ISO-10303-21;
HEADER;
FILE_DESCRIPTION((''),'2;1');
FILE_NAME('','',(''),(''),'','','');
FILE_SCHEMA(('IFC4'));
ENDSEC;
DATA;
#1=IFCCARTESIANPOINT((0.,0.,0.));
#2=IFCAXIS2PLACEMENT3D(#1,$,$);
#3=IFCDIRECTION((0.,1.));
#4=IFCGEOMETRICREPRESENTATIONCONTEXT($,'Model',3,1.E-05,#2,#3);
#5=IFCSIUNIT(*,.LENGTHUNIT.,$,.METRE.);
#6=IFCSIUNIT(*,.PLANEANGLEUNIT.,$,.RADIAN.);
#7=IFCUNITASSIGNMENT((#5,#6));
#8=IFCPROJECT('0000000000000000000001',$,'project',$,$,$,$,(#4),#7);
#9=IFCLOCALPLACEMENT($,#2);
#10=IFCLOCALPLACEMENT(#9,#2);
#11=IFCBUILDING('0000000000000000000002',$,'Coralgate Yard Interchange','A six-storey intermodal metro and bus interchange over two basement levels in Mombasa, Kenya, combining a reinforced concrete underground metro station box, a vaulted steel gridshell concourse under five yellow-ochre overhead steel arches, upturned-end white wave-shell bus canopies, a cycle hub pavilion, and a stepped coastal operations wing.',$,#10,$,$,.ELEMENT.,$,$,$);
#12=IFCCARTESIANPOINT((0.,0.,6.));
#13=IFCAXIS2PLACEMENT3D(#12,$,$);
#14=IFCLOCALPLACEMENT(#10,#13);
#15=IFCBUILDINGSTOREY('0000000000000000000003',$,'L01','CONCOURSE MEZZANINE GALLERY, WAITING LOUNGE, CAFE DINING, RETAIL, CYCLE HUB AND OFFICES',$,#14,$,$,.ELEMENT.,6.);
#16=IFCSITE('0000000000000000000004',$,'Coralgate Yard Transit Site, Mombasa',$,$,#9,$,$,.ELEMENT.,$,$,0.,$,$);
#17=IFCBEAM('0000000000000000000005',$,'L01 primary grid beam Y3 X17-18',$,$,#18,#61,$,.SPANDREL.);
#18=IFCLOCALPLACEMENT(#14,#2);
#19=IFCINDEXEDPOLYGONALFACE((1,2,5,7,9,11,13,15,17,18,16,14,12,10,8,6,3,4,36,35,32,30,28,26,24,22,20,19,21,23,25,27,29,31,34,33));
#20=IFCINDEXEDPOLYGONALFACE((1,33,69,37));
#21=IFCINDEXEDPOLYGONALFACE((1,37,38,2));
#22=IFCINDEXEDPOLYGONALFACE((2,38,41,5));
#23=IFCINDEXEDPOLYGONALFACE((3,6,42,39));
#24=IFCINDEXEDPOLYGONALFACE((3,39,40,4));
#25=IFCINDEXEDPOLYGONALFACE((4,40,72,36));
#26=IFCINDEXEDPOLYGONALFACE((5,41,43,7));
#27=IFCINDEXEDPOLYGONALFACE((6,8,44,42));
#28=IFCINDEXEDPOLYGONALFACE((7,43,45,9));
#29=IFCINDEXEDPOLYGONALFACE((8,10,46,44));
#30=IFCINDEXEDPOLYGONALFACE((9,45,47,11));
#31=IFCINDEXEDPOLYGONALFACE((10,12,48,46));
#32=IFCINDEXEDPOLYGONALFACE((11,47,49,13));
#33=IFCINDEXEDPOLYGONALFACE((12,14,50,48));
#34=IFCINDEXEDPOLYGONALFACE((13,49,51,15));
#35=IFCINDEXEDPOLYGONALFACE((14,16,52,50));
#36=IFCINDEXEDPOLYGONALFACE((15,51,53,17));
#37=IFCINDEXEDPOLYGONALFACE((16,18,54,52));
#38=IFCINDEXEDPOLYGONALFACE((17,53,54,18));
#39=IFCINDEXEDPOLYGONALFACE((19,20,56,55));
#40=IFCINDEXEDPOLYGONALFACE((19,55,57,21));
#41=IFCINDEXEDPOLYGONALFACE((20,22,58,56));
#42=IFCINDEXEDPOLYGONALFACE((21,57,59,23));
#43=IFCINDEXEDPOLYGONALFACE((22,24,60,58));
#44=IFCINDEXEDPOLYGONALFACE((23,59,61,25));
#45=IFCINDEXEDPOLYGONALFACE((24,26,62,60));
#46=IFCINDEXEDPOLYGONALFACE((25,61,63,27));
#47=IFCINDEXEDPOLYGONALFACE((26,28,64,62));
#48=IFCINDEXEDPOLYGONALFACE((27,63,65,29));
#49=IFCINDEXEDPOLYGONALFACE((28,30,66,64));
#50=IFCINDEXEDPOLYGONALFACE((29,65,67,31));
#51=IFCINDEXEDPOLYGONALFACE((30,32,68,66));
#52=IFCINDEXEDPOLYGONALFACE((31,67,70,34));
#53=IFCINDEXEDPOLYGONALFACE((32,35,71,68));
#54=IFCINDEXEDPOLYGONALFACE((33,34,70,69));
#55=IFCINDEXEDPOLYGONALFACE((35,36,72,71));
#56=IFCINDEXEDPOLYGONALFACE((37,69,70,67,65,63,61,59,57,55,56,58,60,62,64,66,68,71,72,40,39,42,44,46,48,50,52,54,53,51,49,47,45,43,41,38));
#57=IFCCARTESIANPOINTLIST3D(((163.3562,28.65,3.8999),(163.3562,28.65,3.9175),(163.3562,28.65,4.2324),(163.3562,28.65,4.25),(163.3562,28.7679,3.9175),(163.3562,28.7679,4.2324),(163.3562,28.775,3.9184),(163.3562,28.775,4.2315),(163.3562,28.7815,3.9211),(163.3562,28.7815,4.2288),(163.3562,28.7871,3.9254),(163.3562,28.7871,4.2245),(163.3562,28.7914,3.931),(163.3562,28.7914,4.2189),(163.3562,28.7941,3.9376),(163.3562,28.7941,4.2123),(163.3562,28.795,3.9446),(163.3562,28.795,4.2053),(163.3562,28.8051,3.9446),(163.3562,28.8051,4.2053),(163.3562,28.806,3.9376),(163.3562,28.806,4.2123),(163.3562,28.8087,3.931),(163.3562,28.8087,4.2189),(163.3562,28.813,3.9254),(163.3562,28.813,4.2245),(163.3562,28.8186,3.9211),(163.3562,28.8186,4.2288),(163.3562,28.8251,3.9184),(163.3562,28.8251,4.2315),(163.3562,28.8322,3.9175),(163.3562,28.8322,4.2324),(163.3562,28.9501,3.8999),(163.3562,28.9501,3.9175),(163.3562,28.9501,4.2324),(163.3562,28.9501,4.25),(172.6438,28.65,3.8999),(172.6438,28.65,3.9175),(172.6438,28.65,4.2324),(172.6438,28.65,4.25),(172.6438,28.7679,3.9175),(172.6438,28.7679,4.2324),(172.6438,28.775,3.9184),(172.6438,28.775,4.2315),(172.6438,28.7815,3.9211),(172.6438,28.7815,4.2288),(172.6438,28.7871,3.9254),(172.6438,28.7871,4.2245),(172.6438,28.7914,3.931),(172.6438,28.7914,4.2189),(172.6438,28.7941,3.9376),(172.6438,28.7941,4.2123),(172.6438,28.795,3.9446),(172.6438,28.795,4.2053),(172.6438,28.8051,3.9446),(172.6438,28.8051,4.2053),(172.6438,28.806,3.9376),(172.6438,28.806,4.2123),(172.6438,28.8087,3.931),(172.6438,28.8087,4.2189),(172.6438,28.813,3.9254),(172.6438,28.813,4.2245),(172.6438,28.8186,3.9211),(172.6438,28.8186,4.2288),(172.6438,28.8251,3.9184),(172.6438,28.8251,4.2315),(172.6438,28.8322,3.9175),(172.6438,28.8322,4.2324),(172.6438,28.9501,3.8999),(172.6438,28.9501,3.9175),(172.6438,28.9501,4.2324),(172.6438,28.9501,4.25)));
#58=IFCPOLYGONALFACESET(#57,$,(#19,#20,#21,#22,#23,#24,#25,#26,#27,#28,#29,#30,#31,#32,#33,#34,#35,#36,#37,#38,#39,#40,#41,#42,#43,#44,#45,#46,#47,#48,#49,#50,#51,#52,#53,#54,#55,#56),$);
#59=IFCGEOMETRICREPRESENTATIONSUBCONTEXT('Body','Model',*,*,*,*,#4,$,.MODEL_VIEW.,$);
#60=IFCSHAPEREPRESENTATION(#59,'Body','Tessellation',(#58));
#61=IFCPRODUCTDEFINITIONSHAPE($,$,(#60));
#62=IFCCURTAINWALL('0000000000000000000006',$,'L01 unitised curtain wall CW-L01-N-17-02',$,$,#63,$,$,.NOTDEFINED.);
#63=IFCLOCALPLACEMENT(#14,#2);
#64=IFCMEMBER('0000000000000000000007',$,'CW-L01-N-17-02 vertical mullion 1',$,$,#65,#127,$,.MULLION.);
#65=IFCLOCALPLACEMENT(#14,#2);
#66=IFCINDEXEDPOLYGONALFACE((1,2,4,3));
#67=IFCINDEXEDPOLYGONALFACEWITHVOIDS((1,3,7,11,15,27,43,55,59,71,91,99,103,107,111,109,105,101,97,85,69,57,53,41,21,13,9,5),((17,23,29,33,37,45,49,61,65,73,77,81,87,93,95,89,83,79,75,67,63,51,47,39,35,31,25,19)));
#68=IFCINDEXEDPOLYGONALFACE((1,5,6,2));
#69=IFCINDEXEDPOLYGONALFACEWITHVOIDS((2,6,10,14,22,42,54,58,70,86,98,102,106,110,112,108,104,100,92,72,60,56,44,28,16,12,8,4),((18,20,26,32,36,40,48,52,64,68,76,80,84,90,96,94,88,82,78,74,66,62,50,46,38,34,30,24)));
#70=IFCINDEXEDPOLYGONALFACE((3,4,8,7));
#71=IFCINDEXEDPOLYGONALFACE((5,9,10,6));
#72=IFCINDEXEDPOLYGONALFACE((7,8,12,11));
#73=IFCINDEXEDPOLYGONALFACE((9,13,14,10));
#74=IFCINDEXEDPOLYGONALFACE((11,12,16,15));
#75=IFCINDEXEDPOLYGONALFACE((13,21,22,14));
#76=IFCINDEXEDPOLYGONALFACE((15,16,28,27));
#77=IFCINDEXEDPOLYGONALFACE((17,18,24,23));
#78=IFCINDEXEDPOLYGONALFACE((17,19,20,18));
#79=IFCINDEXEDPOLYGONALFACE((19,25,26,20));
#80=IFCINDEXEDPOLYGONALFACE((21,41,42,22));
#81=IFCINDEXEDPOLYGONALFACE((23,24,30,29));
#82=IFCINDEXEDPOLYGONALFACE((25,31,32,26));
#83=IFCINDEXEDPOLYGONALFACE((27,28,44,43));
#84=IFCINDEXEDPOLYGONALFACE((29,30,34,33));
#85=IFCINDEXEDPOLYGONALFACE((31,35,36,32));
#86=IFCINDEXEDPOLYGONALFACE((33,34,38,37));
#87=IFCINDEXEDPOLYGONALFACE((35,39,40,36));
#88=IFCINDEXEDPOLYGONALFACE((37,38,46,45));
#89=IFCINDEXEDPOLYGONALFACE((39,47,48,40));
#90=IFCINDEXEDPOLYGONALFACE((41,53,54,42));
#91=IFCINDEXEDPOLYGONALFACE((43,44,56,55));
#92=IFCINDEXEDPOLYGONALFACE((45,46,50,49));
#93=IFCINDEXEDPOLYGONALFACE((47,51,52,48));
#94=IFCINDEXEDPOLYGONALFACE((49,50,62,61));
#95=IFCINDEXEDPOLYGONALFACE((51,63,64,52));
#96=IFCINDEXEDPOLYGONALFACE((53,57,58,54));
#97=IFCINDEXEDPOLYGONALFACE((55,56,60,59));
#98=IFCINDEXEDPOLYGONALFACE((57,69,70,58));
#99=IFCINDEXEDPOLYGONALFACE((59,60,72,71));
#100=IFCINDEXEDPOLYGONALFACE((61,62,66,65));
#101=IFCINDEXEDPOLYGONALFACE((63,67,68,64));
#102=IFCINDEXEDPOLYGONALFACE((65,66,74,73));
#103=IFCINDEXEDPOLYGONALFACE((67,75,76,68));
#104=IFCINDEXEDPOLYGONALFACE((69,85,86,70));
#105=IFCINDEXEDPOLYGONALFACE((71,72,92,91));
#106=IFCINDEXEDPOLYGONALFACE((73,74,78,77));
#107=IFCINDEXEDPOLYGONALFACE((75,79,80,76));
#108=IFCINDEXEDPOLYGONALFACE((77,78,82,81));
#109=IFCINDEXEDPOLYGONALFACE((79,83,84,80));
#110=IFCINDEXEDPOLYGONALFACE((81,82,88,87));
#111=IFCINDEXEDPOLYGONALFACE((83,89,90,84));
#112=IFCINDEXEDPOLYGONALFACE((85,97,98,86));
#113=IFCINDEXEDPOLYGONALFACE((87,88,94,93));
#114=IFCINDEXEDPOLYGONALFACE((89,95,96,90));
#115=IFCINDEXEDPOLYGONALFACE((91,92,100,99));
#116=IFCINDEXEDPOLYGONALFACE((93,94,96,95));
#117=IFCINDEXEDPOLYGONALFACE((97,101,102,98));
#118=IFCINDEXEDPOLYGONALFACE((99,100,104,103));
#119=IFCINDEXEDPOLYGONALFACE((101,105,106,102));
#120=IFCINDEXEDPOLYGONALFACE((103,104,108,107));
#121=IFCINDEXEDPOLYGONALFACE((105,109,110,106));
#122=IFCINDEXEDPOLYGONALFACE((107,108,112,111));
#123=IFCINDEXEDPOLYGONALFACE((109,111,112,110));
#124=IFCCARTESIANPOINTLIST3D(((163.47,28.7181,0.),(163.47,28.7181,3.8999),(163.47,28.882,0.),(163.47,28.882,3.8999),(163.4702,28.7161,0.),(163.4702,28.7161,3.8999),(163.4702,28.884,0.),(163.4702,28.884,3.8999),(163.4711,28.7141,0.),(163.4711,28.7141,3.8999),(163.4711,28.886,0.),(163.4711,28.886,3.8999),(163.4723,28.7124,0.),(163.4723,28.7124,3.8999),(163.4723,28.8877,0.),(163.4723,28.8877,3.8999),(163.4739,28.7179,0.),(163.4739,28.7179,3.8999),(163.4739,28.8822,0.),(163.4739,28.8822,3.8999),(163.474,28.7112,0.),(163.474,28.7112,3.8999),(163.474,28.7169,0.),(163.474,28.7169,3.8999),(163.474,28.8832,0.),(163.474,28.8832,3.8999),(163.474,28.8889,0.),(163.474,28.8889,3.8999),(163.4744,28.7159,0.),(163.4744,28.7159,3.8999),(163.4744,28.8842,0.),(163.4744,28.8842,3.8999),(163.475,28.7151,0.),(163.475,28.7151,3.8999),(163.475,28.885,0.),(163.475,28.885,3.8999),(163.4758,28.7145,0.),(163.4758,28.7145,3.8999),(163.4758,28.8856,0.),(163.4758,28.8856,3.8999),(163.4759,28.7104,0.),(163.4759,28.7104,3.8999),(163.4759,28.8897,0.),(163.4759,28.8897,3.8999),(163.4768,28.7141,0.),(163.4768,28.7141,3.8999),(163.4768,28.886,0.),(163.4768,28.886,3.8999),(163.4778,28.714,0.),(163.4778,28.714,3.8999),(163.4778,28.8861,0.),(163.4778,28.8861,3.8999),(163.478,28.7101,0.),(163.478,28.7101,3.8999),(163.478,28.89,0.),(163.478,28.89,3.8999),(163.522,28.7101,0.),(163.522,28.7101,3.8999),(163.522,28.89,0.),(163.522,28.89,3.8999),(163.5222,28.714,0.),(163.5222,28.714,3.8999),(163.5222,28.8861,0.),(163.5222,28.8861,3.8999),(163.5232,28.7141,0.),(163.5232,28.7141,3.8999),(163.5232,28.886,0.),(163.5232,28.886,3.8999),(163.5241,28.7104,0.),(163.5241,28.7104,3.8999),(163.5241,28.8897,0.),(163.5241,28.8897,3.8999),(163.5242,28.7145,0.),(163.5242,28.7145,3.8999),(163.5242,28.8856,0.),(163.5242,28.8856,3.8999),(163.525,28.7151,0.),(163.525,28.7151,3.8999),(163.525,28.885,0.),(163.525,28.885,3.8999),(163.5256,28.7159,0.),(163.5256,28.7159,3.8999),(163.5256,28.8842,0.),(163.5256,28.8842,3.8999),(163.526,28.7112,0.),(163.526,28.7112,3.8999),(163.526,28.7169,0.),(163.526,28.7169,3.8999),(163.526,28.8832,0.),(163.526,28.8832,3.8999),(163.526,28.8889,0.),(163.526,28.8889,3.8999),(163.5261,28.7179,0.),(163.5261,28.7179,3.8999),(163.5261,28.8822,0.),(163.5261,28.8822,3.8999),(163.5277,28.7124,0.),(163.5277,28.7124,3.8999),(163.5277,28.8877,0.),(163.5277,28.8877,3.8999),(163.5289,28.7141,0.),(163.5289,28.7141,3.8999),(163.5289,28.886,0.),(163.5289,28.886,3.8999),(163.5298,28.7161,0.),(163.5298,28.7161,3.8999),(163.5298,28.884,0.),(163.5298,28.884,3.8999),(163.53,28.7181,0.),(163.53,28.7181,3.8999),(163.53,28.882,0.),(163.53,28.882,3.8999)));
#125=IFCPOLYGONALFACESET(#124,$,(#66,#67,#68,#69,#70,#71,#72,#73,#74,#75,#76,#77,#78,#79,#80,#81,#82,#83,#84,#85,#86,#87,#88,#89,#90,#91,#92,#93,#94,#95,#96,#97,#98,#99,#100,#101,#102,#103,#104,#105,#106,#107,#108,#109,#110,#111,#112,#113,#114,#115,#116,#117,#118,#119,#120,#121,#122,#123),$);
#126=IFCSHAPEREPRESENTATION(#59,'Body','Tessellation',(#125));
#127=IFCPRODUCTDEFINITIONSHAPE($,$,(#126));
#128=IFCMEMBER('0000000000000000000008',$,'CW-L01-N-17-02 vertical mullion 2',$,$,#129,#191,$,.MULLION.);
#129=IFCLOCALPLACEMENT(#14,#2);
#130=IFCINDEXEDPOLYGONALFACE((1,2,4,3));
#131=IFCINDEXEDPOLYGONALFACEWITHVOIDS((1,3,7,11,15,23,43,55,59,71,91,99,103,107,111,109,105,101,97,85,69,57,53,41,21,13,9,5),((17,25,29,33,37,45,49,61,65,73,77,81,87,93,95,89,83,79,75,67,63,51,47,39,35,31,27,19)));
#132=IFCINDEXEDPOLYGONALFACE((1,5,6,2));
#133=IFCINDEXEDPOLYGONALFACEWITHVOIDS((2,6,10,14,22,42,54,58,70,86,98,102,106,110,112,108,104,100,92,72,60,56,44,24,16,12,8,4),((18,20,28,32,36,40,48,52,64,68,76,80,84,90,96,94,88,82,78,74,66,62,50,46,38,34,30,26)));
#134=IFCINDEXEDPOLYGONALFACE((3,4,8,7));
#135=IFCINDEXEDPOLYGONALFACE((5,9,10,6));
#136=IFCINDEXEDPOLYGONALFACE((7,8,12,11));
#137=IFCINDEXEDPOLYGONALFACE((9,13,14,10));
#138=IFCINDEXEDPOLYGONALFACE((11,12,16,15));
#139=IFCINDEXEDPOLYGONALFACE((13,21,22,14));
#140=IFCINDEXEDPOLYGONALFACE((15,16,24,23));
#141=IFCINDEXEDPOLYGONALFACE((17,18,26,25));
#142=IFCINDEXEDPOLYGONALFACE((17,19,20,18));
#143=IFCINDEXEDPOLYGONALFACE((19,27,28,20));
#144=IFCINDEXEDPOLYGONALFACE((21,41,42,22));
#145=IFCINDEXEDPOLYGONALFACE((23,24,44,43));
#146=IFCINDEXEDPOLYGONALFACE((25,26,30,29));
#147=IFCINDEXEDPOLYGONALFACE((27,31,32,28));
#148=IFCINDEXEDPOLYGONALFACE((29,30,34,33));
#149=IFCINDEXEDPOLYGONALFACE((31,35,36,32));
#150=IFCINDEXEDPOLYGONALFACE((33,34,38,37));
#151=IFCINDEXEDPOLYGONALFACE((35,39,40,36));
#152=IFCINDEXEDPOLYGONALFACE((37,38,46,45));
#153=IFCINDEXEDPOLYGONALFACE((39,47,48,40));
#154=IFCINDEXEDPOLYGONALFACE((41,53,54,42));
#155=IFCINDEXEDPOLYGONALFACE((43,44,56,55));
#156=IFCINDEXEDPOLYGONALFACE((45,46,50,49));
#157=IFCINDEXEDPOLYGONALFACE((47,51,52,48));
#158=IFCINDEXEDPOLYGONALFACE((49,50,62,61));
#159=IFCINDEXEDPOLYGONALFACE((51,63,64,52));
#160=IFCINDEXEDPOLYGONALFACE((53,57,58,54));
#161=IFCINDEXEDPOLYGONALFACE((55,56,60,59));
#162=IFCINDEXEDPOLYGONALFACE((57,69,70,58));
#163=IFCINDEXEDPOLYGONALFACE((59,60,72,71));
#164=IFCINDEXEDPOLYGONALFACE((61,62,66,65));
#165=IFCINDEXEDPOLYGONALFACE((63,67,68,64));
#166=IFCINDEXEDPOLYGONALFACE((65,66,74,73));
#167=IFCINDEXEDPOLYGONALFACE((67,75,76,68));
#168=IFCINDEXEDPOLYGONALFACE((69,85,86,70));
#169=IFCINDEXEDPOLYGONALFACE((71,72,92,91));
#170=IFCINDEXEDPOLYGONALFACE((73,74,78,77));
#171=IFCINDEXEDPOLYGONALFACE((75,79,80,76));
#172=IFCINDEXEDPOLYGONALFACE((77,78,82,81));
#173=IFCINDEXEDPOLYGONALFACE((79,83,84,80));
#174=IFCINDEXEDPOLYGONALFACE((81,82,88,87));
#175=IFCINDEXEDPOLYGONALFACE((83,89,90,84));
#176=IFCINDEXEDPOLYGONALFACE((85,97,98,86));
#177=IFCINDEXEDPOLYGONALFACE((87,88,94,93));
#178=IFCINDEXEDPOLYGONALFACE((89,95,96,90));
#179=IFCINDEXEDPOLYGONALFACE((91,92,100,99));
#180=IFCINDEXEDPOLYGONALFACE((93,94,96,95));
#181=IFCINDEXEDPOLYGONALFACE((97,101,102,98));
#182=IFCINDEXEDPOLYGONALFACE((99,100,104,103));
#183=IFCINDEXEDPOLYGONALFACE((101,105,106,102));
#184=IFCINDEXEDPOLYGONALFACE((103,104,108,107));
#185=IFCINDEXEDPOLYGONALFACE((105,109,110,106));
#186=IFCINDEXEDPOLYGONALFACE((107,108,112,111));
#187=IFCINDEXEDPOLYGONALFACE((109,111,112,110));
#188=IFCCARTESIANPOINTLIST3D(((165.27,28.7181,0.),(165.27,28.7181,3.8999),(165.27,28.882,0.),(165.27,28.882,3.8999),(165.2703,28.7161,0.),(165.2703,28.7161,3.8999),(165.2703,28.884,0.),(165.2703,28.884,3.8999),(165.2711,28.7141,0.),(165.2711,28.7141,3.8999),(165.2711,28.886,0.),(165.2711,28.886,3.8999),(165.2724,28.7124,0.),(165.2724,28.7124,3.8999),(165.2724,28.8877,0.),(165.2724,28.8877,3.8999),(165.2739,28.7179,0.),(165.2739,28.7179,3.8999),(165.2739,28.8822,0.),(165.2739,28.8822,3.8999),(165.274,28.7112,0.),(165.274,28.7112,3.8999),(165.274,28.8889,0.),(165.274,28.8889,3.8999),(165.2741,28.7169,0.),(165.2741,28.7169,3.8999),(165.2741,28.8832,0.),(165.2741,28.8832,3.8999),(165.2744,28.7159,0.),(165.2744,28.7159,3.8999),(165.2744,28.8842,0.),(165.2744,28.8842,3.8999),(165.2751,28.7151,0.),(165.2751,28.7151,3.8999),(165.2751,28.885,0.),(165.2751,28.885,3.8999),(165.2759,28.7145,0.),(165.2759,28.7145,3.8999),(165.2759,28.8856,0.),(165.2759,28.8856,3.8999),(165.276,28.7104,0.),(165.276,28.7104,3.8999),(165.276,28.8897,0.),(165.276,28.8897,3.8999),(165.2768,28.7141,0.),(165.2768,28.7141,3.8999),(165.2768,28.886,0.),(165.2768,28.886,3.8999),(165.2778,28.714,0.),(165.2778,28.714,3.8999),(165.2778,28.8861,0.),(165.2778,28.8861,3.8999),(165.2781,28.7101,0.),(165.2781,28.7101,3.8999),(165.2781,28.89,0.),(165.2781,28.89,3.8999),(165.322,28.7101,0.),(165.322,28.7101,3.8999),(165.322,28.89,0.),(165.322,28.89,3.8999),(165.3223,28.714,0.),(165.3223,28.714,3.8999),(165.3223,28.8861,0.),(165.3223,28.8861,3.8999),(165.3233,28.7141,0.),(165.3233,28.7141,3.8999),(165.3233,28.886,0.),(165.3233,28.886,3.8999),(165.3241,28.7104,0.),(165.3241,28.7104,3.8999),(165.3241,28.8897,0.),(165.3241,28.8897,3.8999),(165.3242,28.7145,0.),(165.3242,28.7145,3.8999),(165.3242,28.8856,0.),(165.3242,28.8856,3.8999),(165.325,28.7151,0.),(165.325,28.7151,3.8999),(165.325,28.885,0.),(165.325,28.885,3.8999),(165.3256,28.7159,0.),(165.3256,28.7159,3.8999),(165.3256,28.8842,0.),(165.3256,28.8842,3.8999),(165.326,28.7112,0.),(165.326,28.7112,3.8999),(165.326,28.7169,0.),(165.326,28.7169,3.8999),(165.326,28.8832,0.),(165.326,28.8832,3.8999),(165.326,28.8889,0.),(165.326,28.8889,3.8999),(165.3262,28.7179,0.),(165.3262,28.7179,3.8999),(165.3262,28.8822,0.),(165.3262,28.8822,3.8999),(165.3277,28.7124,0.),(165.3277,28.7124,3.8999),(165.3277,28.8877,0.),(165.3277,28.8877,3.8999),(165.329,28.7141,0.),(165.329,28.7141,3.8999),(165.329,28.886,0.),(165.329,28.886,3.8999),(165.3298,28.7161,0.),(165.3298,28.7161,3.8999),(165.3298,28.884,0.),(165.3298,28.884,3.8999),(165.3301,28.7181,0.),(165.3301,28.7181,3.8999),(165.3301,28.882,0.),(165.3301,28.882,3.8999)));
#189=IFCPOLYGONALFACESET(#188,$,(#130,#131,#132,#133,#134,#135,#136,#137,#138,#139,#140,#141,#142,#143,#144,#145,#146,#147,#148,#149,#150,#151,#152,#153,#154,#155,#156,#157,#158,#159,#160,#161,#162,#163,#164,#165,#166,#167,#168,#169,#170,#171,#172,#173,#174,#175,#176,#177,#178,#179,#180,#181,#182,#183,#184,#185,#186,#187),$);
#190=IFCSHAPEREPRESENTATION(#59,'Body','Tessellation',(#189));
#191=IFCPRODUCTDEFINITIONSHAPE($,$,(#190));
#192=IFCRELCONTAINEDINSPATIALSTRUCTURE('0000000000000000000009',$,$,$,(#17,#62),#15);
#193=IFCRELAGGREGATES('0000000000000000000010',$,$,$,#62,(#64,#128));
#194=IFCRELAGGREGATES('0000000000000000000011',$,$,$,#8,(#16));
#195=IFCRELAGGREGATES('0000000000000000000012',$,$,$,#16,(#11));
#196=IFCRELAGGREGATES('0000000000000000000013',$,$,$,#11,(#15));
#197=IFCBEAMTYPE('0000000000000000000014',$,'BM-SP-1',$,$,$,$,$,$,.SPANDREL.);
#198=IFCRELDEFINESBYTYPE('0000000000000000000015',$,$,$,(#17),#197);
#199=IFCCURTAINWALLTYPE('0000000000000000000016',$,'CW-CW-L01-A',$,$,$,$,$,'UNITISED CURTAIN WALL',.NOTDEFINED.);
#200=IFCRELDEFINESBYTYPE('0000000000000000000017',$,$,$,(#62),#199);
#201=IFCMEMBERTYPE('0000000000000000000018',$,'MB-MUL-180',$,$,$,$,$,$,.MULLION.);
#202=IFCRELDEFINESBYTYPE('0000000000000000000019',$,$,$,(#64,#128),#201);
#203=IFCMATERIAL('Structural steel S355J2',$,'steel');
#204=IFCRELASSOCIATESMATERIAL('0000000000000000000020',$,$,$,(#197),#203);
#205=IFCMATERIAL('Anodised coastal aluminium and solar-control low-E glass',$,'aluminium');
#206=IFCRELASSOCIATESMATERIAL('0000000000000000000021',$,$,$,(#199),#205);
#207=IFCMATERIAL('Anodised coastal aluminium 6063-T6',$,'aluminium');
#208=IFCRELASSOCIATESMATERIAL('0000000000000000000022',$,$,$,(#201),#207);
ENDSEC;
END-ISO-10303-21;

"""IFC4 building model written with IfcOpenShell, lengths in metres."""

from ifc_helpers import new_model, si_unit, direction, frame, origin, origin_2d, place, context, subcontext, project, spatial, hollow_rectangle, i_section, extrude, material, material_profile, profile_set, type_object, element, aggregate, save


model = new_model("IFC4")

# Units and contexts
model_context = context("Model", 3, precision=1e-05, world=origin(), true_north=direction((0.0, 1.0)))
body_context = subcontext(model_context, "Body", "Model", "MODEL_VIEW")
ifc_project = project(units=[si_unit("LENGTHUNIT", "METRE"), si_unit("PLANEANGLEUNIT", "RADIAN")], contexts=[model_context])

# Site, building, storey
site_placement = place(None, origin())
site = spatial("IfcSite", under=ifc_project, at=site_placement, Name="Coralgate Yard Transit Site, Mombasa", CompositionType="ELEMENT", RefElevation=0.0)
building_placement = place(site_placement, origin())
building = spatial("IfcBuilding", under=site, at=building_placement, Name="Coralgate Yard Interchange", Description="A six-storey intermodal metro and bus interchange over two basement levels in Mombasa, Kenya, combining a reinforced concrete underground metro station box, a vaulted steel gridshell concourse under five yellow-ochre overhead steel arches, upturned-end white wave-shell bus canopies, a cycle hub pavilion, and a stepped coastal operations wing.", CompositionType="ELEMENT")
storey_placement = place(building_placement, frame((0.0, 0.0, 6.0)))
storey = spatial("IfcBuildingStorey", under=building, at=storey_placement, Name="L01", Description="CONCOURSE MEZZANINE GALLERY, WAITING LOUNGE, CAFE DINING, RETAIL, CYCLE HUB AND OFFICES", CompositionType="ELEMENT", Elevation=6.0)

# Shared definitions
ifc_material_1 = material(Name="Structural steel S355J2", Category="steel")

# Beam
ifc_material_profile_1 = material_profile(ifc_material_1, i_section(OverallWidth=0.3, OverallDepth=0.3501, WebThickness=0.01, FlangeThickness=0.0176, FilletRadius=0.0271, at=origin_2d()), Name="HEA 360")
ifc_profile_set_1 = profile_set([ifc_material_profile_1], Name="Structural steel S355J2")
beam_type_1 = type_object("IfcBeamType", Name="BM-SP-1", PredefinedType="SPANDREL", material=ifc_profile_set_1)
beam_1_placement = place(storey_placement, frame((163.3562, 28.8, 4.075), z_axis=(1.0, 0.0, 0.0), x_axis=(0.0, 1.0, 0.0)))
element("IfcBeam", 1, at=beam_1_placement, inside=storey, type_object=beam_type_1, Name="L01 primary grid beam Y3 X17-18", PredefinedType="SPANDREL", context=body_context, shape_type="SweptSolid", body=[
    extrude(i_section(OverallWidth=0.3, OverallDepth=0.3501, WebThickness=0.01, FlangeThickness=0.0176, FilletRadius=0.0271, at=origin_2d()), origin(), (0.0, 0.0, 1.0), 9.2876),
])

# Curtain wall, members
ifc_material_2 = material(Name="Anodised coastal aluminium and solar-control low-E glass", Category="aluminium")
curtain_wall_type = type_object("IfcCurtainWallType", Name="CW-CW-L01-A", ElementType="UNITISED CURTAIN WALL", PredefinedType="NOTDEFINED", material=ifc_material_2)
curtain_wall_placement = place(storey_placement, origin())
curtain_wall = element("IfcCurtainWall", 2, at=curtain_wall_placement, inside=storey, type_object=curtain_wall_type, Name="L01 unitised curtain wall CW-L01-N-17-02", PredefinedType="NOTDEFINED")
ifc_material_3 = material(Name="Anodised coastal aluminium 6063-T6", Category="aluminium")
ifc_material_profile_2 = material_profile(ifc_material_3, hollow_rectangle(XDim=0.0601, YDim=0.1799, WallThickness=0.0039, InnerFilletRadius=0.0039, OuterFilletRadius=0.0081, at=origin_2d()), Name="ALU 60x180x4")
ifc_profile_set_2 = profile_set([ifc_material_profile_2], Name="Anodised coastal aluminium 6063-T6")
member_type_1 = type_object("IfcMemberType", Name="MB-MUL-180", PredefinedType="MULLION", material=ifc_profile_set_2)
member_1_placement = place(storey_placement, frame((163.5, 28.8, 0.0), z_axis=(0.0, 0.0, 1.0), x_axis=(1.0, 0.0, 0.0)))
member_1 = element("IfcMember", 3, at=member_1_placement, type_object=member_type_1, Name="CW-L01-N-17-02 vertical mullion 1", PredefinedType="MULLION", context=body_context, shape_type="SweptSolid", body=[
    extrude(hollow_rectangle(XDim=0.0601, YDim=0.1799, WallThickness=0.0039, InnerFilletRadius=0.0039, OuterFilletRadius=0.0081, at=origin_2d()), origin(), (0.0, 0.0, 1.0), 3.8999),
])
member_2_placement = place(storey_placement, frame((165.3, 28.8, 0.0), z_axis=(0.0, 0.0, 1.0), x_axis=(1.0, 0.0, 0.0)))
member_2 = element("IfcMember", 4, at=member_2_placement, type_object=member_type_1, Name="CW-L01-N-17-02 vertical mullion 2", PredefinedType="MULLION", context=body_context, shape_type="SweptSolid", body=[
    extrude(hollow_rectangle(XDim=0.0601, YDim=0.1799, WallThickness=0.0039, InnerFilletRadius=0.0039, OuterFilletRadius=0.0081, at=origin_2d()), origin(), (0.0, 0.0, 1.0), 3.8999),
])
aggregate(curtain_wall, [member_1, member_2])

save(model, "model.ifc")
